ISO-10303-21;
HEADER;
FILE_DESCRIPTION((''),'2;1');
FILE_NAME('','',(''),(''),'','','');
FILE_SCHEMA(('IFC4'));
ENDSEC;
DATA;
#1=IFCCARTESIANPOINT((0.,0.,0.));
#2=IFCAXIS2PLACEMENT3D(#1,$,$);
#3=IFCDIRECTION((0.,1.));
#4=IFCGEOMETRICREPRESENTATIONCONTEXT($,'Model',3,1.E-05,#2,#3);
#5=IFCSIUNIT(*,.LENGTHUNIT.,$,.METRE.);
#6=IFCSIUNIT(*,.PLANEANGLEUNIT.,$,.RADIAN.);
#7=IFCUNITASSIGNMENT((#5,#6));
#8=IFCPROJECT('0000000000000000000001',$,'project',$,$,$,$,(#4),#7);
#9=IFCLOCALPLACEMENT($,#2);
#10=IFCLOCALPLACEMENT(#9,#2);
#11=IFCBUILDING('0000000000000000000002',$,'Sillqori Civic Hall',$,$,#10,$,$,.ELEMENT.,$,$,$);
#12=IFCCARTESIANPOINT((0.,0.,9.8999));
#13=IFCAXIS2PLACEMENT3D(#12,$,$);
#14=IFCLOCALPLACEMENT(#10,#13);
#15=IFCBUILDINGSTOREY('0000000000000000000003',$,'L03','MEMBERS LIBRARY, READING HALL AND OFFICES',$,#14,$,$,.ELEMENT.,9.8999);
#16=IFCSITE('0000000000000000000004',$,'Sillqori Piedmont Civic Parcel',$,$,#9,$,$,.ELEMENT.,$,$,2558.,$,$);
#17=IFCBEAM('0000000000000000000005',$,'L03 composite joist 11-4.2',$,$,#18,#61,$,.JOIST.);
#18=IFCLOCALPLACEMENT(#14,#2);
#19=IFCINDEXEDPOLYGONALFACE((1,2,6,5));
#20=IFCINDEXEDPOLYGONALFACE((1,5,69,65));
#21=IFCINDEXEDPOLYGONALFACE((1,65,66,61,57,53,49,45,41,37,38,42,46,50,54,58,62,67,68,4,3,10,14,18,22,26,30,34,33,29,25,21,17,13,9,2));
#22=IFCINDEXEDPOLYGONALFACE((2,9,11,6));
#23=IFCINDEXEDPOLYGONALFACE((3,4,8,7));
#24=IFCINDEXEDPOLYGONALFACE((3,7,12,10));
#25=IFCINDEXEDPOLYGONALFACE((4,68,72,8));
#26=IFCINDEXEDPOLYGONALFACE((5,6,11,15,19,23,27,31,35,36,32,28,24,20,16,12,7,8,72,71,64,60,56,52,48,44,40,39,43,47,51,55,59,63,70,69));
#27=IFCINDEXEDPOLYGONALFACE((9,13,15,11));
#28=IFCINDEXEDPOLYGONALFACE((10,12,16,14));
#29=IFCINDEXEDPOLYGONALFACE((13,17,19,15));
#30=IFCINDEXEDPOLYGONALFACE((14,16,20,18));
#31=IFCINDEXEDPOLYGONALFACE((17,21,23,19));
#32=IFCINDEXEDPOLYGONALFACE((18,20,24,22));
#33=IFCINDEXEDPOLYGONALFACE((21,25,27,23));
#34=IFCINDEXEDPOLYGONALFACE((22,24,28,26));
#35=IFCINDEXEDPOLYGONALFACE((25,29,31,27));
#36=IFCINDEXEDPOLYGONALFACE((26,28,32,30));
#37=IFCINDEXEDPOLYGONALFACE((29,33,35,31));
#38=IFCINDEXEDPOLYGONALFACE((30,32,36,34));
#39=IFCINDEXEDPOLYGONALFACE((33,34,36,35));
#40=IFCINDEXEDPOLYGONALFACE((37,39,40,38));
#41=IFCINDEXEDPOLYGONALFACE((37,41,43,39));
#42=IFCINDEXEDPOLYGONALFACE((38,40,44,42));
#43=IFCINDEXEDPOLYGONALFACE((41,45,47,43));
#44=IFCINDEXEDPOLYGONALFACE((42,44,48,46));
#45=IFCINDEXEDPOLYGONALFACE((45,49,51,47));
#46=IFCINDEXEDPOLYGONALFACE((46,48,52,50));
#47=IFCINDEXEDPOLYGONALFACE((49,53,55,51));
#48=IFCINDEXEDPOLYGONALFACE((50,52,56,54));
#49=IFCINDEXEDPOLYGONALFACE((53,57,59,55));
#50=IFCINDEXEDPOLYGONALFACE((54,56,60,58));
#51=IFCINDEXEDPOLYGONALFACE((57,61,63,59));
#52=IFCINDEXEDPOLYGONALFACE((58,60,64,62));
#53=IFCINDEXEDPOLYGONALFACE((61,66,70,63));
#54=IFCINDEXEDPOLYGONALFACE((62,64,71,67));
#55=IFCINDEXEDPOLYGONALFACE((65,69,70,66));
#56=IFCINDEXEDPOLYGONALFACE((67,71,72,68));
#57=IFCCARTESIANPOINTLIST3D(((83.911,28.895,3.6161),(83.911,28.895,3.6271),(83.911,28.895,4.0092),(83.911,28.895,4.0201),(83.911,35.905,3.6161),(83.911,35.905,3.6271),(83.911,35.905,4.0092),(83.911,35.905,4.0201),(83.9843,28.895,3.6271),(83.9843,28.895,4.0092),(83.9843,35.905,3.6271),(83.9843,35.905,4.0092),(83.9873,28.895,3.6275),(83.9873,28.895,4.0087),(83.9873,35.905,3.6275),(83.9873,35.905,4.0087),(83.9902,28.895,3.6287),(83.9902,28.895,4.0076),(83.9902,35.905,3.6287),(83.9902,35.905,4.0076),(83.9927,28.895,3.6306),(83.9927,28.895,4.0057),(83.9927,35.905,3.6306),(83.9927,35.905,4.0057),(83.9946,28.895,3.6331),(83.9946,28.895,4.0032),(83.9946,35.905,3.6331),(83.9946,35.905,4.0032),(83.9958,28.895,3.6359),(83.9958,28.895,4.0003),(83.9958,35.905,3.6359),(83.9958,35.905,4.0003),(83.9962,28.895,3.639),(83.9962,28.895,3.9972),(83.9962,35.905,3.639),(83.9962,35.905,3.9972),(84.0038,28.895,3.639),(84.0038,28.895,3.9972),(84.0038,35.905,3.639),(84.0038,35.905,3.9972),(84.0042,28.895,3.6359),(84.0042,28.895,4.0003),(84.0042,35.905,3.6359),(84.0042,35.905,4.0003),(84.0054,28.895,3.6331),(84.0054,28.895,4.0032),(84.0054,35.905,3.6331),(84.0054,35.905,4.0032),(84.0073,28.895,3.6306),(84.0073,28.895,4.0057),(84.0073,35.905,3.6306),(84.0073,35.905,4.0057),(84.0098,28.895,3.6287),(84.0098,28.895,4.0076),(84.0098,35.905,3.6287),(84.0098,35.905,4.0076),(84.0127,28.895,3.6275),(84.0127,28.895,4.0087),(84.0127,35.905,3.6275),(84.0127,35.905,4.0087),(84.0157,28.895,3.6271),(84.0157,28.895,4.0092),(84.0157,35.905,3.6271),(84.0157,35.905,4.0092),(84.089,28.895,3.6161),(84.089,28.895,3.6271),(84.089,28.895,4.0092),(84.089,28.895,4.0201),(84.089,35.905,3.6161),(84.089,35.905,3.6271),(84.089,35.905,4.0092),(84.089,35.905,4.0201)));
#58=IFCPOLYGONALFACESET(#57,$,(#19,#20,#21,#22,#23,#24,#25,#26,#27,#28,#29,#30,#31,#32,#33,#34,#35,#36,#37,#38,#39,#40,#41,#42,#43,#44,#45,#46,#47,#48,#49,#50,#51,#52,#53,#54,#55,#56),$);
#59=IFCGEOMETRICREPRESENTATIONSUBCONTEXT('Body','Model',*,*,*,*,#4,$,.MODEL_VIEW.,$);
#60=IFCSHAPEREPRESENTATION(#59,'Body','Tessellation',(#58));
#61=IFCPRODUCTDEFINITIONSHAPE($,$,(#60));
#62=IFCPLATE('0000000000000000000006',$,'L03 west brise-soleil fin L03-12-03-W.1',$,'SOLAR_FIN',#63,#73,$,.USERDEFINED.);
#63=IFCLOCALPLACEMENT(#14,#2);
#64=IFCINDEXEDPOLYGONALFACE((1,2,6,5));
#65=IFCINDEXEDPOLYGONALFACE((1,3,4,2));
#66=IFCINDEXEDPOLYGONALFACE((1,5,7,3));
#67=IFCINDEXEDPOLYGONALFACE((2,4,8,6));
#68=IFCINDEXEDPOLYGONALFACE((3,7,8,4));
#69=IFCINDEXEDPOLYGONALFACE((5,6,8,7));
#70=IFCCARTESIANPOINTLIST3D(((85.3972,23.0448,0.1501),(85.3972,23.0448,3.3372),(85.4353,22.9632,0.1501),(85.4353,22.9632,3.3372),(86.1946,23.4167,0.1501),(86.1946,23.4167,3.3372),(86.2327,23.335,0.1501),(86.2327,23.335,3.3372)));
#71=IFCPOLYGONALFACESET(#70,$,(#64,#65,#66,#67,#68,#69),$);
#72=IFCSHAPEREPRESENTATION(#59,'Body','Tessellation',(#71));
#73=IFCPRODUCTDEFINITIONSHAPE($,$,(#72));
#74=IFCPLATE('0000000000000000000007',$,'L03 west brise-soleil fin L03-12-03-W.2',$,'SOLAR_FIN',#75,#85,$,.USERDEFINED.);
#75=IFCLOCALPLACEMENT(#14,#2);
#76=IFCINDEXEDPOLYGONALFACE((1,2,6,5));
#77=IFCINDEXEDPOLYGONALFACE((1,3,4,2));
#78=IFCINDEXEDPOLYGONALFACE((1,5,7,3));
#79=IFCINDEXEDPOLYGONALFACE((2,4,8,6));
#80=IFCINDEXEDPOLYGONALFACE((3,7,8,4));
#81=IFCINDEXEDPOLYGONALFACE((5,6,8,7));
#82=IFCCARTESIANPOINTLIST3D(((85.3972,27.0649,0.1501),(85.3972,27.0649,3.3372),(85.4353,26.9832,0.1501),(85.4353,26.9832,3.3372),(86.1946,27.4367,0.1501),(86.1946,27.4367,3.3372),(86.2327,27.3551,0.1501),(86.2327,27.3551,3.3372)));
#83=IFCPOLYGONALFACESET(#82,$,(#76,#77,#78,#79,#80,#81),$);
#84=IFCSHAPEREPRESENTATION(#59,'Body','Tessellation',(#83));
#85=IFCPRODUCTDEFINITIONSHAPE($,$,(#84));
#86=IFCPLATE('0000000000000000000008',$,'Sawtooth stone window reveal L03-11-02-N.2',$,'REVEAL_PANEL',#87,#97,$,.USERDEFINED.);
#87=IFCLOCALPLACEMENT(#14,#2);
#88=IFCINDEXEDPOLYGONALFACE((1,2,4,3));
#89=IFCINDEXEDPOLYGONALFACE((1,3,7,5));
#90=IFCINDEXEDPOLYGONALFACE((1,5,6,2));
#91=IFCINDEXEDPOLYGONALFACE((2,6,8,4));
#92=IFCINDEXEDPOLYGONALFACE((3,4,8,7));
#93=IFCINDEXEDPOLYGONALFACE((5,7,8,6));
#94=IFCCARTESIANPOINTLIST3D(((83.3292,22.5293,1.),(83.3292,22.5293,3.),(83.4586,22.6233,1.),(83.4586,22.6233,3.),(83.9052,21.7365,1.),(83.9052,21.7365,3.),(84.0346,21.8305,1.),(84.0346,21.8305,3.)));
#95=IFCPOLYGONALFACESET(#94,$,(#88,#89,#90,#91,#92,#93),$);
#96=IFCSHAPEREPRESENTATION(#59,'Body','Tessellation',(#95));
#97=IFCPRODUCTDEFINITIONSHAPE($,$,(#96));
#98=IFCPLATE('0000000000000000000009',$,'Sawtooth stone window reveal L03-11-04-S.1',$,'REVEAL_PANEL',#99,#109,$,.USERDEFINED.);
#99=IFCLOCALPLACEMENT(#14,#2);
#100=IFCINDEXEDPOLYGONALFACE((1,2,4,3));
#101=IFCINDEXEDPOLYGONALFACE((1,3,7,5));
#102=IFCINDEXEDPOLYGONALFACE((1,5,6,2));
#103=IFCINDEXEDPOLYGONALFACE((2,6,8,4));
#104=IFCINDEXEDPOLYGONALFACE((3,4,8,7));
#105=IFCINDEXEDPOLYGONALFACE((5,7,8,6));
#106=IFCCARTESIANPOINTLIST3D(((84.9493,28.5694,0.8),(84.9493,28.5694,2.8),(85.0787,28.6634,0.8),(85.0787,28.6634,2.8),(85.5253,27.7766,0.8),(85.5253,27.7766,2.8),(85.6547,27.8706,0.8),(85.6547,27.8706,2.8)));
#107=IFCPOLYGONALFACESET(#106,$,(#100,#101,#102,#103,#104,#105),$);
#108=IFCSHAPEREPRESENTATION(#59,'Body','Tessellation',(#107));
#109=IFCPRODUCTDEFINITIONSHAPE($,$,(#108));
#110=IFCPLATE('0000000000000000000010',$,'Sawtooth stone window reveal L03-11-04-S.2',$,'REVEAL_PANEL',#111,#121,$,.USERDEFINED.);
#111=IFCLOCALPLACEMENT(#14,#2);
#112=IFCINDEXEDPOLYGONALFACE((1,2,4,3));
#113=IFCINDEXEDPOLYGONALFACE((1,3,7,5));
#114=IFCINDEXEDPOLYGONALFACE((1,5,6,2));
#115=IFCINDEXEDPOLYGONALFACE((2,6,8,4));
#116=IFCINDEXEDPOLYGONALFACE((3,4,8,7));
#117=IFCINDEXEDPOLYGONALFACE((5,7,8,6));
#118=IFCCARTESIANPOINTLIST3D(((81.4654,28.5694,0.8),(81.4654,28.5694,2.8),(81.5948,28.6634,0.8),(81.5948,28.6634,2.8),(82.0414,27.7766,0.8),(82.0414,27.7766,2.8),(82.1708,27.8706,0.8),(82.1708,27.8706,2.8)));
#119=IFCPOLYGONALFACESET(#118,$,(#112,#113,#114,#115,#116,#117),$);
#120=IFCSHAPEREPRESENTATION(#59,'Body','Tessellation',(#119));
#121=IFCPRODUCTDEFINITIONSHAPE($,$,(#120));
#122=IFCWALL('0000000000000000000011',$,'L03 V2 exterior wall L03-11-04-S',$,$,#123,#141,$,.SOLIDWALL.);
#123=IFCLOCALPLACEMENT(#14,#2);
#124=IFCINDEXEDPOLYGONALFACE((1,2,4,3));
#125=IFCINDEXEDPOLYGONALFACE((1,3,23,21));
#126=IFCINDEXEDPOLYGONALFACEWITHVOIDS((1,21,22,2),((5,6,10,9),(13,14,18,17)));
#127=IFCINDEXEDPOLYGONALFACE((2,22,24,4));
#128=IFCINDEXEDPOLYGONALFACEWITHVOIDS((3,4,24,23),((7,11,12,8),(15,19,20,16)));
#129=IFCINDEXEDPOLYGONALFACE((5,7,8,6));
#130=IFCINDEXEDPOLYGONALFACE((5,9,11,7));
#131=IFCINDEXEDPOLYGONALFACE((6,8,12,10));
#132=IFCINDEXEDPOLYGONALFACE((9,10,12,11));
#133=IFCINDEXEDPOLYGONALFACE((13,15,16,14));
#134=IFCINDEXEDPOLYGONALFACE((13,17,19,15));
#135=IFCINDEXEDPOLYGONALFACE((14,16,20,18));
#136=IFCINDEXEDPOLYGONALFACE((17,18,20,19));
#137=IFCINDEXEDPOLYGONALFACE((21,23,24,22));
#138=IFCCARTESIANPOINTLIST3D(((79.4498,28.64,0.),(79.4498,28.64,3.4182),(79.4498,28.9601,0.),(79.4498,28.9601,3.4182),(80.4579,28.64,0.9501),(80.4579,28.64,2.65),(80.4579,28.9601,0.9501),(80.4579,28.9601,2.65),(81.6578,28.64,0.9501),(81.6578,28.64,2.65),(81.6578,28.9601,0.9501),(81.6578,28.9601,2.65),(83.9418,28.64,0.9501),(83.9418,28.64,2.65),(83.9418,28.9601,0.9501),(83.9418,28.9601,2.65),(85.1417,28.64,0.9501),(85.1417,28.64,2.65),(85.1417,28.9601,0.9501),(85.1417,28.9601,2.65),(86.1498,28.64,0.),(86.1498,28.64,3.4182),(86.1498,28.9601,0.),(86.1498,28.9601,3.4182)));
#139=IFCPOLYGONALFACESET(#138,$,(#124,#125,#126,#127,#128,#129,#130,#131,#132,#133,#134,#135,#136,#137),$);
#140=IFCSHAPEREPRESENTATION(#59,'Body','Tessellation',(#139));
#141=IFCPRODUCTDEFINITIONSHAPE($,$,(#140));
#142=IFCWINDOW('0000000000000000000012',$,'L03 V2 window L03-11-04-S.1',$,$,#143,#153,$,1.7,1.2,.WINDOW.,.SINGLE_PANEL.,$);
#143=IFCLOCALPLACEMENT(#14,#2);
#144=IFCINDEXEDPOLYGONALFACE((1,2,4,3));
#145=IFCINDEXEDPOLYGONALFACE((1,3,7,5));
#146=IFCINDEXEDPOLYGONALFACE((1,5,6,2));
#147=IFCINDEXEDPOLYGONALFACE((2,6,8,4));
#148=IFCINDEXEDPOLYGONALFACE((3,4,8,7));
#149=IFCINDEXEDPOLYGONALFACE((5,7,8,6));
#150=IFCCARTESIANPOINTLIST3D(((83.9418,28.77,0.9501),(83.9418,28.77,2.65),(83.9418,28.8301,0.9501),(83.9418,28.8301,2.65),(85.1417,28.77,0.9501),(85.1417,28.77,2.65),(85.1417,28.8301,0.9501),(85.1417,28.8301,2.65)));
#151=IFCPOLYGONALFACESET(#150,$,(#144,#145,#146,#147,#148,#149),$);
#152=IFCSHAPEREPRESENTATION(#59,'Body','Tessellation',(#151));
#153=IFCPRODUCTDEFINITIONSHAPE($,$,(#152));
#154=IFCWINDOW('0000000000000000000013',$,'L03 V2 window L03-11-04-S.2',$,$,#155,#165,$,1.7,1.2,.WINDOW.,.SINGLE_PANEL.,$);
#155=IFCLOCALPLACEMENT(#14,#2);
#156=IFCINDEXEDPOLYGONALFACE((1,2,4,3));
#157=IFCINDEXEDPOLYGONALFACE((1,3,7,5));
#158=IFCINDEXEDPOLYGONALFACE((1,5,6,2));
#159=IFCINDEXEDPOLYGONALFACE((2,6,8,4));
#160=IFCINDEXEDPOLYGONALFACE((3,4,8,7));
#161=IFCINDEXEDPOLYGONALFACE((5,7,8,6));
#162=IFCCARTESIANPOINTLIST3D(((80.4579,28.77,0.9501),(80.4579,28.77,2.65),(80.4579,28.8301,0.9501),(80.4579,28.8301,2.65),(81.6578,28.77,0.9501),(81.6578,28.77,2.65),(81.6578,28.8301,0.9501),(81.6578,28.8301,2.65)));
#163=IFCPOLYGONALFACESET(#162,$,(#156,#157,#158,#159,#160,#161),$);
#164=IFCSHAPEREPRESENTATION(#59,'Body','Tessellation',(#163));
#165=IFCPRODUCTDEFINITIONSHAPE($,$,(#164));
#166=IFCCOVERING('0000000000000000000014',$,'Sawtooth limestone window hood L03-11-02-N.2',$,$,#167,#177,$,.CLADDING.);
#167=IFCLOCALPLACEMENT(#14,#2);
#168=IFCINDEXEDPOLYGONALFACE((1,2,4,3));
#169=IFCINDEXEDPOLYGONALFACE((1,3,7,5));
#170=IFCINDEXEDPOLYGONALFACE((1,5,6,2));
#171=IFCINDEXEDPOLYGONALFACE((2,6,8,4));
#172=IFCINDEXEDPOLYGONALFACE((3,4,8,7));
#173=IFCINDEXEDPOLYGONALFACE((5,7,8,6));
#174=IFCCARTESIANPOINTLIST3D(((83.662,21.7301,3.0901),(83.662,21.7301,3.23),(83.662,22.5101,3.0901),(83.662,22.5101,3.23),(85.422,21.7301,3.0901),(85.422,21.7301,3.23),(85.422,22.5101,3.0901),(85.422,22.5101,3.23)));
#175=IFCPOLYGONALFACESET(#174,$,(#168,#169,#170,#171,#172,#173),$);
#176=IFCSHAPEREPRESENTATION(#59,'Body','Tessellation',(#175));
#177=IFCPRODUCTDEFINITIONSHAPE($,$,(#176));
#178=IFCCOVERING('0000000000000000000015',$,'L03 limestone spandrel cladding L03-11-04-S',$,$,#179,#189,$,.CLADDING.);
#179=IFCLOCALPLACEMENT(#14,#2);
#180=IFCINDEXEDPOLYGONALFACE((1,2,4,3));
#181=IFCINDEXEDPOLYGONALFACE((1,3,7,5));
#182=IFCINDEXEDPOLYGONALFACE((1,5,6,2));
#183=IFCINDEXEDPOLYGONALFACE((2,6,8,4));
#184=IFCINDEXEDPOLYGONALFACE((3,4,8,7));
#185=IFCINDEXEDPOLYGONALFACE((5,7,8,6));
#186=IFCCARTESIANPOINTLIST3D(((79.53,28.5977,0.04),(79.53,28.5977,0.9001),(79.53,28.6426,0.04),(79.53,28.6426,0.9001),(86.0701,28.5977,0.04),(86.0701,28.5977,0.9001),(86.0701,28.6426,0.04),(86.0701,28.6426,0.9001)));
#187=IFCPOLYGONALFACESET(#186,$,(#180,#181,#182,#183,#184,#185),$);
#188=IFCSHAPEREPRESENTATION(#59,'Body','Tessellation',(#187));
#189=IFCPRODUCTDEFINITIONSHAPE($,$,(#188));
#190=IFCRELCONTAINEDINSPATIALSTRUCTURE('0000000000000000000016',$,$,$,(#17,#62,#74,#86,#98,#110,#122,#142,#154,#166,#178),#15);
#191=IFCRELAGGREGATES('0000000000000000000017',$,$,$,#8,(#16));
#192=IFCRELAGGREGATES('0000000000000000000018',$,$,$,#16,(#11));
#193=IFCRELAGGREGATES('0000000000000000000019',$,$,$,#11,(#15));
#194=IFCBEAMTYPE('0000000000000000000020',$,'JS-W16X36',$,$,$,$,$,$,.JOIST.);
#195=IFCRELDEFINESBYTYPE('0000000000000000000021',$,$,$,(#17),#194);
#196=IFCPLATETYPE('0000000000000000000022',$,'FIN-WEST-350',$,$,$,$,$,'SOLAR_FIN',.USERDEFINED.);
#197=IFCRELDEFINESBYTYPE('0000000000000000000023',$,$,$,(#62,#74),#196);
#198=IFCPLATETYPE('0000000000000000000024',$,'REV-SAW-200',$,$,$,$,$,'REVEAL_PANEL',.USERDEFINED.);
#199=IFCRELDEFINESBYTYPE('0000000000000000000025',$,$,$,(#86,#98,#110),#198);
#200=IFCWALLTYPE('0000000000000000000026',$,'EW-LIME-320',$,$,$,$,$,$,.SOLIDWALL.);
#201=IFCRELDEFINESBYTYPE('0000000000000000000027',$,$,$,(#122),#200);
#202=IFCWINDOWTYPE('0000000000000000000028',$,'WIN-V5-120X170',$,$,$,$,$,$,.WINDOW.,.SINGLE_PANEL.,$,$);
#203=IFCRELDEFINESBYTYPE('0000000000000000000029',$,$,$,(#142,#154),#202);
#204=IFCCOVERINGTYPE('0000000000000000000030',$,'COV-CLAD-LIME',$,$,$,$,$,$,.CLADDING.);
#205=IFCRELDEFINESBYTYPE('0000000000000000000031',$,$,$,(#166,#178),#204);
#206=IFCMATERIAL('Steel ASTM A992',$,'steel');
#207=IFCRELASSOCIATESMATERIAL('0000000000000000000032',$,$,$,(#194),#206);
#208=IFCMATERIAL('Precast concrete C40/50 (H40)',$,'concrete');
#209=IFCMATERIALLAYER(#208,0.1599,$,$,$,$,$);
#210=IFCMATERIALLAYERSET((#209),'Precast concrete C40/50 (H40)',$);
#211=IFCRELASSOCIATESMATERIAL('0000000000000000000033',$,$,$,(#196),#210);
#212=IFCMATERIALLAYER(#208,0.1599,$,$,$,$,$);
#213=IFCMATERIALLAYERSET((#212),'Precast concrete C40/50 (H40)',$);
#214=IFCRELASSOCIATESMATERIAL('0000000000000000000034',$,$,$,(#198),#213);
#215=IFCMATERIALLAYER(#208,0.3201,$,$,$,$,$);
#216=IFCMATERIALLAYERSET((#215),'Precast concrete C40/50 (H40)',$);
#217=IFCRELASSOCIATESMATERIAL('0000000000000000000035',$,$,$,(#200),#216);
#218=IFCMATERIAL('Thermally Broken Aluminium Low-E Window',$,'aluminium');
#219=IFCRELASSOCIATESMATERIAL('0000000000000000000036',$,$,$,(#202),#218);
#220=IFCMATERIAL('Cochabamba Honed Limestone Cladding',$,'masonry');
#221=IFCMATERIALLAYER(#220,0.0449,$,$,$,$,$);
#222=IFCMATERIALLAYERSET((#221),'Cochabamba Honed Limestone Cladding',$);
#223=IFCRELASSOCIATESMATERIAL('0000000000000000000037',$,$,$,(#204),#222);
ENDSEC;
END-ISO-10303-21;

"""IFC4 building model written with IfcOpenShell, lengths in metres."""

from ifc_helpers import new_model, si_unit, direction, frame, frame_2d, origin, origin_2d, place, context, subcontext, project, spatial, rectangle, i_section, extrude, material, layer, layer_set, material_profile, profile_set, type_object, element, fill, save


model = new_model("IFC4")

# Units and contexts
model_context = context("Model", 3, precision=1e-05, world=origin(), true_north=direction((0.0, 1.0)))
body_context = subcontext(model_context, "Body", "Model", "MODEL_VIEW")
ifc_project = project(units=[si_unit("LENGTHUNIT", "METRE"), si_unit("PLANEANGLEUNIT", "RADIAN")], contexts=[model_context])

# Site, building, storey
site_placement = place(None, origin())
site = spatial("IfcSite", under=ifc_project, at=site_placement, Name="Sillqori Piedmont Civic Parcel", CompositionType="ELEMENT", RefElevation=2558.0)
building_placement = place(site_placement, origin())
building = spatial("IfcBuilding", under=site, at=building_placement, Name="Sillqori Civic Hall", CompositionType="ELEMENT")
storey_placement = place(building_placement, frame((0.0, 0.0, 9.8999)))
storey = spatial("IfcBuildingStorey", under=building, at=storey_placement, Name="L03", Description="MEMBERS LIBRARY, READING HALL AND OFFICES", CompositionType="ELEMENT", Elevation=9.8999)

# Beam
ifc_material_1 = material(Name="Steel ASTM A992", Category="steel")
ifc_material_profile = material_profile(ifc_material_1, i_section(OverallWidth=0.178, OverallDepth=0.4041, WebThickness=0.0076, FlangeThickness=0.011, FilletRadius=0.012, at=origin_2d()), Name="W16X36")
ifc_profile_set = profile_set([ifc_material_profile], Name="Steel ASTM A992")
beam_type = type_object("IfcBeamType", Name="JS-W16X36", PredefinedType="JOIST", material=ifc_profile_set)
beam_placement = place(storey_placement, frame((84.0, 28.895, 3.8181), z_axis=(0.0, 1.0, 0.0), x_axis=(-1.0, 0.0, 0.0)))
element("IfcBeam", 1, at=beam_placement, inside=storey, type_object=beam_type, Name="L03 composite joist 11-4.2", PredefinedType="JOIST", context=body_context, shape_type="SweptSolid", body=[
    extrude(i_section(OverallWidth=0.178, OverallDepth=0.4041, WebThickness=0.0076, FlangeThickness=0.011, FilletRadius=0.012, at=origin_2d()), origin(), (0.0, 0.0, 1.0), 7.01),
])

# Plates
ifc_material_2 = material(Name="Precast concrete C40/50 (H40)", Category="concrete")
ifc_layer_1 = layer(ifc_material_2, 0.1599)
ifc_layer_set_1 = layer_set([ifc_layer_1], Name="Precast concrete C40/50 (H40)")
plate_type_1 = type_object("IfcPlateType", Name="FIN-WEST-350", ElementType="SOLAR_FIN", PredefinedType="USERDEFINED", material=ifc_layer_set_1)
for number, where, z_axis, x_axis, name in (
    (2, (85.8149, 23.1899, 0.1501), (0.0, 0.0, 1.0), (-0.422618, 0.906308, 0.0), "L03 west brise-soleil fin L03-12-03-W.1"),
    (3, (85.8149, 27.21, 0.1501), (0.0, 0.0, 1.0), (-0.422618, 0.906308, 0.0), "L03 west brise-soleil fin L03-12-03-W.2"),
):
    element("IfcPlate", number, at=place(storey_placement, frame(where, z_axis=z_axis, x_axis=x_axis)), inside=storey, type_object=plate_type_1, Name=name, ObjectType="SOLAR_FIN", PredefinedType="USERDEFINED", context=body_context, shape_type="SweptSolid", body=[
        extrude(rectangle(XDim=0.0901, YDim=0.8799, at=origin_2d()), origin(), (0.0, 0.0, 1.0), 3.187),
    ])
ifc_layer_2 = layer(ifc_material_2, 0.1599)
ifc_layer_set_2 = layer_set([ifc_layer_2], Name="Precast concrete C40/50 (H40)")
plate_type_2 = type_object("IfcPlateType", Name="REV-SAW-200", ElementType="REVEAL_PANEL", PredefinedType="USERDEFINED", material=ifc_layer_set_2)
for number, where, z_axis, x_axis, name in (
    (4, (83.6819, 22.1799, 1.0), (0.0, 0.0, 1.0), (0.809017, 0.587785, 0.0), "Sawtooth stone window reveal L03-11-02-N.2"),
    (5, (85.302, 28.22, 0.8), (0.0, 0.0, 1.0), (-0.809017, -0.587785, 0.0), "Sawtooth stone window reveal L03-11-04-S.1"),
    (6, (81.8181, 28.22, 0.8), (0.0, 0.0, 1.0), (-0.809017, -0.587785, 0.0), "Sawtooth stone window reveal L03-11-04-S.2"),
):
    element("IfcPlate", number, at=place(storey_placement, frame(where, z_axis=z_axis, x_axis=x_axis)), inside=storey, type_object=plate_type_2, Name=name, ObjectType="REVEAL_PANEL", PredefinedType="USERDEFINED", context=body_context, shape_type="SweptSolid", body=[
        extrude(rectangle(XDim=0.1599, YDim=0.98, at=origin_2d()), origin(), (0.0, 0.0, 1.0), 2.0),
    ])

# Wall, openings, windows
ifc_layer_3 = layer(ifc_material_2, 0.3201)
ifc_layer_set_3 = layer_set([ifc_layer_3], Name="Precast concrete C40/50 (H40)")
wall_type = type_object("IfcWallType", Name="EW-LIME-320", PredefinedType="SOLIDWALL", material=ifc_layer_set_3)
wall_placement = place(storey_placement, frame((86.1499, 28.8, 0.0), z_axis=(0.0, 0.0, 1.0), x_axis=(-1.0, 0.0, 0.0)))
wall = element("IfcWall", 7, at=wall_placement, inside=storey, type_object=wall_type, Name="L03 V2 exterior wall L03-11-04-S", PredefinedType="SOLIDWALL", context=body_context, shape_type="SweptSolid", body=[
    extrude(rectangle(XDim=6.7, YDim=0.3201, at=frame_2d((3.3501, 0.0))), origin(), (0.0, 0.0, 1.0), 3.4182),
])
opening_1_placement = place(wall_placement, frame((1.0081, 0.0, 0.95)))
opening_1 = element("IfcOpeningElement", 8, at=opening_1_placement, cuts=wall, PredefinedType="OPENING", context=body_context, shape_type="SweptSolid", body=[
    extrude(rectangle(XDim=1.2, YDim=1.7, at=frame_2d((0.6001, 0.8501))), frame((0.0, 0.1699, 0.0), z_axis=(0.0, -1.0, 0.0), x_axis=(1.0, 0.0, 0.0)), (0.0, 0.0, 1.0), 0.3401),
])
opening_2_placement = place(wall_placement, frame((4.4919, 0.0, 0.95)))
opening_2 = element("IfcOpeningElement", 9, at=opening_2_placement, cuts=wall, PredefinedType="OPENING", context=body_context, shape_type="SweptSolid", body=[
    extrude(rectangle(XDim=1.2, YDim=1.7, at=frame_2d((0.6001, 0.8501))), frame((0.0, 0.1699, 0.0), z_axis=(0.0, -1.0, 0.0), x_axis=(1.0, 0.0, 0.0)), (0.0, 0.0, 1.0), 0.3401),
])
ifc_material_3 = material(Name="Thermally Broken Aluminium Low-E Window", Category="aluminium")
window_type = type_object("IfcWindowType", Name="WIN-V5-120X170", PartitioningType="SINGLE_PANEL", PredefinedType="WINDOW", material=ifc_material_3)
window_1_placement = place(opening_1_placement, origin())
window_1 = element("IfcWindow", 10, at=window_1_placement, inside=storey, type_object=window_type, Name="L03 V2 window L03-11-04-S.1", OverallHeight=1.7, OverallWidth=1.2, PartitioningType="SINGLE_PANEL", PredefinedType="WINDOW", context=body_context, shape_type="SweptSolid", body=[
    extrude(rectangle(XDim=1.2, YDim=1.7, at=frame_2d((0.6001, 0.8501))), frame((0.0, 0.03, 0.0), z_axis=(0.0, -1.0, 0.0), x_axis=(1.0, 0.0, 0.0)), (0.0, 0.0, 1.0), 0.0601),
])
fill(opening_1, window_1)
window_2_placement = place(opening_2_placement, origin())
window_2 = element("IfcWindow", 11, at=window_2_placement, inside=storey, type_object=window_type, Name="L03 V2 window L03-11-04-S.2", OverallHeight=1.7, OverallWidth=1.2, PartitioningType="SINGLE_PANEL", PredefinedType="WINDOW", context=body_context, shape_type="SweptSolid", body=[
    extrude(rectangle(XDim=1.2, YDim=1.7, at=frame_2d((0.6001, 0.8501))), frame((0.0, 0.03, 0.0), z_axis=(0.0, -1.0, 0.0), x_axis=(1.0, 0.0, 0.0)), (0.0, 0.0, 1.0), 0.0601),
])
fill(opening_2, window_2)

# Coverings
ifc_material_4 = material(Name="Cochabamba Honed Limestone Cladding", Category="masonry")
ifc_layer_4 = layer(ifc_material_4, 0.0449)
ifc_layer_set_4 = layer_set([ifc_layer_4], Name="Cochabamba Honed Limestone Cladding")
covering_type = type_object("IfcCoveringType", Name="COV-CLAD-LIME", PredefinedType="CLADDING", material=ifc_layer_set_4)
covering_1_placement = place(storey_placement, frame((83.6621, 22.1201, 3.0901), z_axis=(0.0, 0.0, 1.0), x_axis=(1.0, 0.0, 0.0)))
element("IfcCovering", 12, at=covering_1_placement, inside=storey, type_object=covering_type, Name="Sawtooth limestone window hood L03-11-02-N.2", PredefinedType="CLADDING", context=body_context, shape_type="SweptSolid", body=[
    extrude(rectangle(XDim=1.76, YDim=0.78, at=frame_2d((0.8799, 0.0))), origin(), (0.0, 0.0, 1.0), 0.1399),
])
covering_2_placement = place(storey_placement, frame((86.0701, 28.6201, 0.04), z_axis=(0.0, 0.0, 1.0), x_axis=(-1.0, 0.0, 0.0)))
element("IfcCovering", 13, at=covering_2_placement, inside=storey, type_object=covering_type, Name="L03 limestone spandrel cladding L03-11-04-S", PredefinedType="CLADDING", context=body_context, shape_type="SweptSolid", body=[
    extrude(rectangle(XDim=6.54, YDim=0.0449, at=frame_2d((3.27, 0.0))), origin(), (0.0, 0.0, 1.0), 0.8601),
])

save(model, "model.ifc")
